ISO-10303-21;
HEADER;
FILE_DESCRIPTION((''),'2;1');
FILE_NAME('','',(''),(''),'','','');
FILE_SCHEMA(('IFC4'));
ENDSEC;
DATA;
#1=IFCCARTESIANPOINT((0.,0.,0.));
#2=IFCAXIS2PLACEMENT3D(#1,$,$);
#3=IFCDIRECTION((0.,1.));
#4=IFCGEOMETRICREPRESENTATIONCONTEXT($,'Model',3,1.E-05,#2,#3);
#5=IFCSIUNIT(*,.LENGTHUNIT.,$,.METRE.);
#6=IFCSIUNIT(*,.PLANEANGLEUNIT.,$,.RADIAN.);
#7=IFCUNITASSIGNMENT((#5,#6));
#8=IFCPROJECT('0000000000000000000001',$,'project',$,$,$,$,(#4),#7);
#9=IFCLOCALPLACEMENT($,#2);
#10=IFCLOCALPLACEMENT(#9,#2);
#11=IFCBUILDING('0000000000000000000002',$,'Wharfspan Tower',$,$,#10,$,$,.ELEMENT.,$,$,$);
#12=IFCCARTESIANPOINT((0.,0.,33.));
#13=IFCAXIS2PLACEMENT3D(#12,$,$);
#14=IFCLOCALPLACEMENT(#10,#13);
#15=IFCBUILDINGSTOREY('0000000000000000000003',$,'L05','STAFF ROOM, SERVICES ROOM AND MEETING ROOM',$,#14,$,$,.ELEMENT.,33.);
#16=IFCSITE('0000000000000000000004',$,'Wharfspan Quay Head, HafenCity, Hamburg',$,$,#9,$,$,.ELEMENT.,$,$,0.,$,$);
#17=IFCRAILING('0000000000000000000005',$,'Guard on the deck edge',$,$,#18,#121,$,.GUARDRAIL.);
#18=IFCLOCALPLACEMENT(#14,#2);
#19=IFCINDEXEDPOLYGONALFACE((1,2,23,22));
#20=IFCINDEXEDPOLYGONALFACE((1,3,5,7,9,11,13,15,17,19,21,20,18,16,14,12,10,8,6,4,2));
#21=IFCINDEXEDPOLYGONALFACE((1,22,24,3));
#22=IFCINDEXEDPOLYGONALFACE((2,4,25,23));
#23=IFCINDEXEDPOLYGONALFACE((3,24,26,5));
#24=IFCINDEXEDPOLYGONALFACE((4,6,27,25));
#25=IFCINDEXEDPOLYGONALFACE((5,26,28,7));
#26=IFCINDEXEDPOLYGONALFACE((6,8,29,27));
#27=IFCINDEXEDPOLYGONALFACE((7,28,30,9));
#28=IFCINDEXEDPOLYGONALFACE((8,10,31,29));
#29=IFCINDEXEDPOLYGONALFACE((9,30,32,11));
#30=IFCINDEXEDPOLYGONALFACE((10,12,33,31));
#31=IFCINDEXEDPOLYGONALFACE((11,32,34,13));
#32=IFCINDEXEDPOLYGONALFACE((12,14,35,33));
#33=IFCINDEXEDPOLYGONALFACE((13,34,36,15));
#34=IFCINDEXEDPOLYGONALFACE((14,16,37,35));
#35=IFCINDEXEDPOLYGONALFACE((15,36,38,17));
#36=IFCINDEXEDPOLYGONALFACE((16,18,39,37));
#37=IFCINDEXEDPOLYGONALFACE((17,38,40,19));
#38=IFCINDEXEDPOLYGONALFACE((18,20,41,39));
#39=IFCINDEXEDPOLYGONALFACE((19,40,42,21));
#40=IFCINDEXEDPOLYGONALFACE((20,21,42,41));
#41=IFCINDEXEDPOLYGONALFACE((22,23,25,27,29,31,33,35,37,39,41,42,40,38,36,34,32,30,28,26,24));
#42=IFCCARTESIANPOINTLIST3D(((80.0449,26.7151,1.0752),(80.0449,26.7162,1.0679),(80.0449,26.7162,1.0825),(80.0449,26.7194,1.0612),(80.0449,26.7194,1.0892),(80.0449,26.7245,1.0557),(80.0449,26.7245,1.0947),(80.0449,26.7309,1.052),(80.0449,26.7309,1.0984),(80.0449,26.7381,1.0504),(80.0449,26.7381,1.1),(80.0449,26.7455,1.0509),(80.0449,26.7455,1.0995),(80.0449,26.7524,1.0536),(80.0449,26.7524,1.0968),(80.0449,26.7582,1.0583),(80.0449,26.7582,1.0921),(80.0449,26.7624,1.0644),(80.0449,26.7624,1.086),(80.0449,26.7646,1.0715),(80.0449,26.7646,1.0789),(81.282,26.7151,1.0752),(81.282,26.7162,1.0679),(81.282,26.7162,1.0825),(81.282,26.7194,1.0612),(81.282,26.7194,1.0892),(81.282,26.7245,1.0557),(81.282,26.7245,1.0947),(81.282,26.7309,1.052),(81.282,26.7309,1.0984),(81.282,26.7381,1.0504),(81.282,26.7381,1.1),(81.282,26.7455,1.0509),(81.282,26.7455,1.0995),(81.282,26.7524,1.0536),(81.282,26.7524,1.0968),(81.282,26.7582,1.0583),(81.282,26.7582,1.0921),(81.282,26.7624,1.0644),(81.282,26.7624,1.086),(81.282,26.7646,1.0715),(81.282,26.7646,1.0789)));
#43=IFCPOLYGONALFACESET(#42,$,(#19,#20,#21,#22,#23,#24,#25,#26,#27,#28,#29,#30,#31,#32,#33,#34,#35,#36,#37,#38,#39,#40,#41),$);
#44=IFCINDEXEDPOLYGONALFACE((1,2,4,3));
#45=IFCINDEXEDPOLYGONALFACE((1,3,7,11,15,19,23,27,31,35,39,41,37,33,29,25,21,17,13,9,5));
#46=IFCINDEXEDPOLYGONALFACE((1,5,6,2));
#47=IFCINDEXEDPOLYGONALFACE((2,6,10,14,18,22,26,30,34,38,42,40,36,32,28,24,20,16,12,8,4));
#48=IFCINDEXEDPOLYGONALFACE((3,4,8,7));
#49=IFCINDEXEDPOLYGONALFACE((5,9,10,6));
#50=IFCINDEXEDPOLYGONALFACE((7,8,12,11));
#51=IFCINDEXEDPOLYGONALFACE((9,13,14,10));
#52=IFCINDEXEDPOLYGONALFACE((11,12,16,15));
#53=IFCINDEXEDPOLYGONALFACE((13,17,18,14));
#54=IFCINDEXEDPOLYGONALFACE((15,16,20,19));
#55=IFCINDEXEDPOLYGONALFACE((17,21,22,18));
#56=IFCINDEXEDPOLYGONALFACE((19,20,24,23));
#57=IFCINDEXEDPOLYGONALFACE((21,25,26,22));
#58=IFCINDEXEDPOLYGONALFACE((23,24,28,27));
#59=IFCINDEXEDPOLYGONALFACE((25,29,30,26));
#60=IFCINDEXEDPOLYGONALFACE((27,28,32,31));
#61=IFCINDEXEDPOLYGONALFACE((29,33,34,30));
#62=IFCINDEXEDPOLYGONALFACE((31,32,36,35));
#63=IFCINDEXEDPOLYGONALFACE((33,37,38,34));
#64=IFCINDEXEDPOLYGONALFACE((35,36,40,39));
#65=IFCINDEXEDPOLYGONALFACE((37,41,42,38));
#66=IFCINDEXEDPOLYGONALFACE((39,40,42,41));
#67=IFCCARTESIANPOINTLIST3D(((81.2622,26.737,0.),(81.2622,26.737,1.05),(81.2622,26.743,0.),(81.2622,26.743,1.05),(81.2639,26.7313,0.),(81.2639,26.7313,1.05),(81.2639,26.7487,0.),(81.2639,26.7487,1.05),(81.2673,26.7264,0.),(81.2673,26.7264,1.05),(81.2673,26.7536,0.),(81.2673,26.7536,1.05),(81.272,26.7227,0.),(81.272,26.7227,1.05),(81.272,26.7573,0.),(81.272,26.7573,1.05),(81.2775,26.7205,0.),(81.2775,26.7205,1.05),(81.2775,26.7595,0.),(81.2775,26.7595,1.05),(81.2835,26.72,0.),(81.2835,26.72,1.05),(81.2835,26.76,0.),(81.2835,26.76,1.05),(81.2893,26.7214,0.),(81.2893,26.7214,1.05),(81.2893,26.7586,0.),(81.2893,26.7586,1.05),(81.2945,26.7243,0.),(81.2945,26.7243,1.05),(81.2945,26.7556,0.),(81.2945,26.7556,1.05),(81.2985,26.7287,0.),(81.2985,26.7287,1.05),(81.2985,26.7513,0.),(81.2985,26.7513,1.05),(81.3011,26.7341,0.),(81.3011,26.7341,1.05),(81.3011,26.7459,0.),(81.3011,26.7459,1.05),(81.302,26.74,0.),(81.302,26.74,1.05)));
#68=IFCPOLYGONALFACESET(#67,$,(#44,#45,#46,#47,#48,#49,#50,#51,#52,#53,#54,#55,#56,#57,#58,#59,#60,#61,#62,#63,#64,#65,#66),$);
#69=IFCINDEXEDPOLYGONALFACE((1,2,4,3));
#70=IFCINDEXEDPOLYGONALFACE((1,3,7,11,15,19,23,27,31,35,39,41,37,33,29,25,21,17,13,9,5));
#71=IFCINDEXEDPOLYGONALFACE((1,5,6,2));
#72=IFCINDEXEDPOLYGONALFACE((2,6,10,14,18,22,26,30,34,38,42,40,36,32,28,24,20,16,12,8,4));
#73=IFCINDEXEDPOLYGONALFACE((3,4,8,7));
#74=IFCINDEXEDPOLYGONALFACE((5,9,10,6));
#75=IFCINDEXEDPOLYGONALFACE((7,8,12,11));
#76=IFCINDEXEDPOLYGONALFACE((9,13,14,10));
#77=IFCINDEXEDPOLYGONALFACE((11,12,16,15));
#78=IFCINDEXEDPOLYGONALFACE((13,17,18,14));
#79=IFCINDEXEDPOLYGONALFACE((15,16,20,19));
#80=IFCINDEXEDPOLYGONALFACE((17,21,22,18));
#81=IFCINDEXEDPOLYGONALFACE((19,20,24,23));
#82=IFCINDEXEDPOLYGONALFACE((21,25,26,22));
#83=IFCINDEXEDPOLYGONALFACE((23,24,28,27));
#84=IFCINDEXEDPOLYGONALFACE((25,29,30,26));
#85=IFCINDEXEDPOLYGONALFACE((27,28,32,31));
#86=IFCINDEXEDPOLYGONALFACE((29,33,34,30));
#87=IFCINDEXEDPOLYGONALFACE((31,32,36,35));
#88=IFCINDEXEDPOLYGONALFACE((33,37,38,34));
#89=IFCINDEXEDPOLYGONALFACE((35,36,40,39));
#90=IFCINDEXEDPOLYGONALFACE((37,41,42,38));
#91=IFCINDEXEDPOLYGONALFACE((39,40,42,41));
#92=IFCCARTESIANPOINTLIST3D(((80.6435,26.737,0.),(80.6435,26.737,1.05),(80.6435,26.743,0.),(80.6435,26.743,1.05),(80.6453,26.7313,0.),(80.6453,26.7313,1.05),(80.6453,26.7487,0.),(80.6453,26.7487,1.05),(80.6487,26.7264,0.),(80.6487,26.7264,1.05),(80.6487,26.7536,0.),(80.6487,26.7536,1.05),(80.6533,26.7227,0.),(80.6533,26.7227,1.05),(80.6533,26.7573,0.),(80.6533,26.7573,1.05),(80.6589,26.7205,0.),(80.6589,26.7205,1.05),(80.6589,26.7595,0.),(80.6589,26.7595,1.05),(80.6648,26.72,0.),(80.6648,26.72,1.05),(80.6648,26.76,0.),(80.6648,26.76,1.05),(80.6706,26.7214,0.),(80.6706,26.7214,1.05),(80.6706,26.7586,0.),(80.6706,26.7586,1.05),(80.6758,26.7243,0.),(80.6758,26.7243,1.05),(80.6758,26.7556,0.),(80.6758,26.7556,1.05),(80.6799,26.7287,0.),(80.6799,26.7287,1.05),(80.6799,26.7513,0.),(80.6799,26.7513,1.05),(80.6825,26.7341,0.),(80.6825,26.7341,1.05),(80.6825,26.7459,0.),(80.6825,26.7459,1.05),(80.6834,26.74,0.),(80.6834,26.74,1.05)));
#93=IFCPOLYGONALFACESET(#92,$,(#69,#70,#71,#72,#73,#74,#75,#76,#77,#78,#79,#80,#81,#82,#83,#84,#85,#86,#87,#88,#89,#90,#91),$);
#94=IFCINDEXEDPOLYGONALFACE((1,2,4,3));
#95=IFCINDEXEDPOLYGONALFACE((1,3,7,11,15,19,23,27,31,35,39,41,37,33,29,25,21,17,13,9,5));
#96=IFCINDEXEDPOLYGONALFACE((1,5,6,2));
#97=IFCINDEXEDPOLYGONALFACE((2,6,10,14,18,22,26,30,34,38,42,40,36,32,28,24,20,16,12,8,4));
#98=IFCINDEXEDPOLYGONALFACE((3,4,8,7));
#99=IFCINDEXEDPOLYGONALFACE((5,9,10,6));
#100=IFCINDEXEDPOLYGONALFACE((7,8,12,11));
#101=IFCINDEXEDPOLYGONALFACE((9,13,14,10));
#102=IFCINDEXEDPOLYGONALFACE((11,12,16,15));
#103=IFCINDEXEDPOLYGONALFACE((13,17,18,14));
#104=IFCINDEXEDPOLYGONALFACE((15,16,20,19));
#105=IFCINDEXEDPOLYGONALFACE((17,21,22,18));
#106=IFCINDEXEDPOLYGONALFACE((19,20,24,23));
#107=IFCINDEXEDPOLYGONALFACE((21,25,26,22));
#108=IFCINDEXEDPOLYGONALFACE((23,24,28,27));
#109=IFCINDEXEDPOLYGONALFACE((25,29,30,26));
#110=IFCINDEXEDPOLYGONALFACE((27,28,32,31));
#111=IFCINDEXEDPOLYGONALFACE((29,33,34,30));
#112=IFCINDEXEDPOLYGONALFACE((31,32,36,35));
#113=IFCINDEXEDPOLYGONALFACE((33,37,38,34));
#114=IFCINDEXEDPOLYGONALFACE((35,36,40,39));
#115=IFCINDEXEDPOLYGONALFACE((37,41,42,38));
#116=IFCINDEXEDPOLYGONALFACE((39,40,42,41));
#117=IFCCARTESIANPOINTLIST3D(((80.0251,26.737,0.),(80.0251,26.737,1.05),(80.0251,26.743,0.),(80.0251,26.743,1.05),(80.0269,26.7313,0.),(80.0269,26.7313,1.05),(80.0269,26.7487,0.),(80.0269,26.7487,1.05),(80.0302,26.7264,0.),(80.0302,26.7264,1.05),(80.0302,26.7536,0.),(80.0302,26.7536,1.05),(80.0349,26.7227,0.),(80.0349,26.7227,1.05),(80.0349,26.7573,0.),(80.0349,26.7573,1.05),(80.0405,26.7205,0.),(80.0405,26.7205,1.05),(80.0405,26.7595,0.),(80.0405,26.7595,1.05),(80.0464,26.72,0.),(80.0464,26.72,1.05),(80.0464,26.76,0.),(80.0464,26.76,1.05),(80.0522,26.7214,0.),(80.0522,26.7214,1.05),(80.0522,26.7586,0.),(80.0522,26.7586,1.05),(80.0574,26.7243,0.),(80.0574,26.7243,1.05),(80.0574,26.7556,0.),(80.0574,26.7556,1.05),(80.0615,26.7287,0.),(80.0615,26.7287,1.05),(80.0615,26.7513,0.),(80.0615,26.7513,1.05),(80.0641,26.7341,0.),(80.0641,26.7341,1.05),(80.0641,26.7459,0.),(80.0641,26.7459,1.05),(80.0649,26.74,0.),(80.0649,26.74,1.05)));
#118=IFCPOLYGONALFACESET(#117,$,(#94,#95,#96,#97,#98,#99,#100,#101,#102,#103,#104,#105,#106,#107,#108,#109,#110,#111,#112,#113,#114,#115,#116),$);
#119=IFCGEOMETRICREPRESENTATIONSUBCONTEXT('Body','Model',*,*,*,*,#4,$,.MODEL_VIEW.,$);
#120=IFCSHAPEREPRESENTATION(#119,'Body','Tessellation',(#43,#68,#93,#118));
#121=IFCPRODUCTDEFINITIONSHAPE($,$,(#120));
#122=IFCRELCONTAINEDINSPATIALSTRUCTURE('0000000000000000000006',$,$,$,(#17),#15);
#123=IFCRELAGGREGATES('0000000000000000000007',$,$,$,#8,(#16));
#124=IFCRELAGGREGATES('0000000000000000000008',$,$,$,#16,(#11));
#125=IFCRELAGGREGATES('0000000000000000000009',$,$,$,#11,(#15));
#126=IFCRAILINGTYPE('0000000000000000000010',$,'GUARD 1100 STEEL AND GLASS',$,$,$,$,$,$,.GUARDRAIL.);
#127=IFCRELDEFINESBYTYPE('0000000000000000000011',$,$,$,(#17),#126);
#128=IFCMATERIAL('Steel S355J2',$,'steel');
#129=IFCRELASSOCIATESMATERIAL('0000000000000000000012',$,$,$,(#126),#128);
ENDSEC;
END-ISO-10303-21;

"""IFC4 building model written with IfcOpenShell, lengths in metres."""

from ifc_helpers import new_model, si_unit, direction, frame, origin, origin_2d, place, context, subcontext, project, spatial, circle, extrude, material, type_object, element, save


model = new_model("IFC4")

# Units and contexts
model_context = context("Model", 3, precision=1e-05, world=origin(), true_north=direction((0.0, 1.0)))
body_context = subcontext(model_context, "Body", "Model", "MODEL_VIEW")
ifc_project = project(units=[si_unit("LENGTHUNIT", "METRE"), si_unit("PLANEANGLEUNIT", "RADIAN")], contexts=[model_context])

# Site, building, storey
site_placement = place(None, origin())
site = spatial("IfcSite", under=ifc_project, at=site_placement, Name="Wharfspan Quay Head, HafenCity, Hamburg", CompositionType="ELEMENT", RefElevation=0.0)
building_placement = place(site_placement, origin())
building = spatial("IfcBuilding", under=site, at=building_placement, Name="Wharfspan Tower", CompositionType="ELEMENT")
storey_placement = place(building_placement, frame((0.0, 0.0, 33.0)))
storey = spatial("IfcBuildingStorey", under=building, at=storey_placement, Name="L05", Description="STAFF ROOM, SERVICES ROOM AND MEETING ROOM", CompositionType="ELEMENT", Elevation=33.0)

# Railing
ifc_material_1 = material(Name="Steel S355J2", Category="steel")
railing_type_1 = type_object("IfcRailingType", Name="GUARD 1100 STEEL AND GLASS", PredefinedType="GUARDRAIL", material=ifc_material_1)
railing_1_placement = place(storey_placement, frame((81.282, 26.74, 0.0)))
element("IfcRailing", 1, at=railing_1_placement, inside=storey, type_object=railing_type_1, Name="Guard on the deck edge", PredefinedType="GUARDRAIL", context=body_context, shape_type="SweptSolid", body=[
    extrude(circle(Radius=0.0249, at=origin_2d()), frame((0.0, 0.0, 1.0752), z_axis=(-1.0, 0.0, 0.0), x_axis=(0.0, -1.0, 0.0)), (0.0, 0.0, 1.0), 1.2371),
    extrude(circle(Radius=0.02, at=origin_2d()), origin(), (0.0, 0.0, 1.0), 1.05),
    extrude(circle(Radius=0.02, at=origin_2d()), frame((-0.6187, 0.0, 0.0)), (0.0, 0.0, 1.0), 1.05),
    extrude(circle(Radius=0.02, at=origin_2d()), frame((-1.2371, 0.0, 0.0)), (0.0, 0.0, 1.0), 1.05),
])

save(model, "model.ifc")
